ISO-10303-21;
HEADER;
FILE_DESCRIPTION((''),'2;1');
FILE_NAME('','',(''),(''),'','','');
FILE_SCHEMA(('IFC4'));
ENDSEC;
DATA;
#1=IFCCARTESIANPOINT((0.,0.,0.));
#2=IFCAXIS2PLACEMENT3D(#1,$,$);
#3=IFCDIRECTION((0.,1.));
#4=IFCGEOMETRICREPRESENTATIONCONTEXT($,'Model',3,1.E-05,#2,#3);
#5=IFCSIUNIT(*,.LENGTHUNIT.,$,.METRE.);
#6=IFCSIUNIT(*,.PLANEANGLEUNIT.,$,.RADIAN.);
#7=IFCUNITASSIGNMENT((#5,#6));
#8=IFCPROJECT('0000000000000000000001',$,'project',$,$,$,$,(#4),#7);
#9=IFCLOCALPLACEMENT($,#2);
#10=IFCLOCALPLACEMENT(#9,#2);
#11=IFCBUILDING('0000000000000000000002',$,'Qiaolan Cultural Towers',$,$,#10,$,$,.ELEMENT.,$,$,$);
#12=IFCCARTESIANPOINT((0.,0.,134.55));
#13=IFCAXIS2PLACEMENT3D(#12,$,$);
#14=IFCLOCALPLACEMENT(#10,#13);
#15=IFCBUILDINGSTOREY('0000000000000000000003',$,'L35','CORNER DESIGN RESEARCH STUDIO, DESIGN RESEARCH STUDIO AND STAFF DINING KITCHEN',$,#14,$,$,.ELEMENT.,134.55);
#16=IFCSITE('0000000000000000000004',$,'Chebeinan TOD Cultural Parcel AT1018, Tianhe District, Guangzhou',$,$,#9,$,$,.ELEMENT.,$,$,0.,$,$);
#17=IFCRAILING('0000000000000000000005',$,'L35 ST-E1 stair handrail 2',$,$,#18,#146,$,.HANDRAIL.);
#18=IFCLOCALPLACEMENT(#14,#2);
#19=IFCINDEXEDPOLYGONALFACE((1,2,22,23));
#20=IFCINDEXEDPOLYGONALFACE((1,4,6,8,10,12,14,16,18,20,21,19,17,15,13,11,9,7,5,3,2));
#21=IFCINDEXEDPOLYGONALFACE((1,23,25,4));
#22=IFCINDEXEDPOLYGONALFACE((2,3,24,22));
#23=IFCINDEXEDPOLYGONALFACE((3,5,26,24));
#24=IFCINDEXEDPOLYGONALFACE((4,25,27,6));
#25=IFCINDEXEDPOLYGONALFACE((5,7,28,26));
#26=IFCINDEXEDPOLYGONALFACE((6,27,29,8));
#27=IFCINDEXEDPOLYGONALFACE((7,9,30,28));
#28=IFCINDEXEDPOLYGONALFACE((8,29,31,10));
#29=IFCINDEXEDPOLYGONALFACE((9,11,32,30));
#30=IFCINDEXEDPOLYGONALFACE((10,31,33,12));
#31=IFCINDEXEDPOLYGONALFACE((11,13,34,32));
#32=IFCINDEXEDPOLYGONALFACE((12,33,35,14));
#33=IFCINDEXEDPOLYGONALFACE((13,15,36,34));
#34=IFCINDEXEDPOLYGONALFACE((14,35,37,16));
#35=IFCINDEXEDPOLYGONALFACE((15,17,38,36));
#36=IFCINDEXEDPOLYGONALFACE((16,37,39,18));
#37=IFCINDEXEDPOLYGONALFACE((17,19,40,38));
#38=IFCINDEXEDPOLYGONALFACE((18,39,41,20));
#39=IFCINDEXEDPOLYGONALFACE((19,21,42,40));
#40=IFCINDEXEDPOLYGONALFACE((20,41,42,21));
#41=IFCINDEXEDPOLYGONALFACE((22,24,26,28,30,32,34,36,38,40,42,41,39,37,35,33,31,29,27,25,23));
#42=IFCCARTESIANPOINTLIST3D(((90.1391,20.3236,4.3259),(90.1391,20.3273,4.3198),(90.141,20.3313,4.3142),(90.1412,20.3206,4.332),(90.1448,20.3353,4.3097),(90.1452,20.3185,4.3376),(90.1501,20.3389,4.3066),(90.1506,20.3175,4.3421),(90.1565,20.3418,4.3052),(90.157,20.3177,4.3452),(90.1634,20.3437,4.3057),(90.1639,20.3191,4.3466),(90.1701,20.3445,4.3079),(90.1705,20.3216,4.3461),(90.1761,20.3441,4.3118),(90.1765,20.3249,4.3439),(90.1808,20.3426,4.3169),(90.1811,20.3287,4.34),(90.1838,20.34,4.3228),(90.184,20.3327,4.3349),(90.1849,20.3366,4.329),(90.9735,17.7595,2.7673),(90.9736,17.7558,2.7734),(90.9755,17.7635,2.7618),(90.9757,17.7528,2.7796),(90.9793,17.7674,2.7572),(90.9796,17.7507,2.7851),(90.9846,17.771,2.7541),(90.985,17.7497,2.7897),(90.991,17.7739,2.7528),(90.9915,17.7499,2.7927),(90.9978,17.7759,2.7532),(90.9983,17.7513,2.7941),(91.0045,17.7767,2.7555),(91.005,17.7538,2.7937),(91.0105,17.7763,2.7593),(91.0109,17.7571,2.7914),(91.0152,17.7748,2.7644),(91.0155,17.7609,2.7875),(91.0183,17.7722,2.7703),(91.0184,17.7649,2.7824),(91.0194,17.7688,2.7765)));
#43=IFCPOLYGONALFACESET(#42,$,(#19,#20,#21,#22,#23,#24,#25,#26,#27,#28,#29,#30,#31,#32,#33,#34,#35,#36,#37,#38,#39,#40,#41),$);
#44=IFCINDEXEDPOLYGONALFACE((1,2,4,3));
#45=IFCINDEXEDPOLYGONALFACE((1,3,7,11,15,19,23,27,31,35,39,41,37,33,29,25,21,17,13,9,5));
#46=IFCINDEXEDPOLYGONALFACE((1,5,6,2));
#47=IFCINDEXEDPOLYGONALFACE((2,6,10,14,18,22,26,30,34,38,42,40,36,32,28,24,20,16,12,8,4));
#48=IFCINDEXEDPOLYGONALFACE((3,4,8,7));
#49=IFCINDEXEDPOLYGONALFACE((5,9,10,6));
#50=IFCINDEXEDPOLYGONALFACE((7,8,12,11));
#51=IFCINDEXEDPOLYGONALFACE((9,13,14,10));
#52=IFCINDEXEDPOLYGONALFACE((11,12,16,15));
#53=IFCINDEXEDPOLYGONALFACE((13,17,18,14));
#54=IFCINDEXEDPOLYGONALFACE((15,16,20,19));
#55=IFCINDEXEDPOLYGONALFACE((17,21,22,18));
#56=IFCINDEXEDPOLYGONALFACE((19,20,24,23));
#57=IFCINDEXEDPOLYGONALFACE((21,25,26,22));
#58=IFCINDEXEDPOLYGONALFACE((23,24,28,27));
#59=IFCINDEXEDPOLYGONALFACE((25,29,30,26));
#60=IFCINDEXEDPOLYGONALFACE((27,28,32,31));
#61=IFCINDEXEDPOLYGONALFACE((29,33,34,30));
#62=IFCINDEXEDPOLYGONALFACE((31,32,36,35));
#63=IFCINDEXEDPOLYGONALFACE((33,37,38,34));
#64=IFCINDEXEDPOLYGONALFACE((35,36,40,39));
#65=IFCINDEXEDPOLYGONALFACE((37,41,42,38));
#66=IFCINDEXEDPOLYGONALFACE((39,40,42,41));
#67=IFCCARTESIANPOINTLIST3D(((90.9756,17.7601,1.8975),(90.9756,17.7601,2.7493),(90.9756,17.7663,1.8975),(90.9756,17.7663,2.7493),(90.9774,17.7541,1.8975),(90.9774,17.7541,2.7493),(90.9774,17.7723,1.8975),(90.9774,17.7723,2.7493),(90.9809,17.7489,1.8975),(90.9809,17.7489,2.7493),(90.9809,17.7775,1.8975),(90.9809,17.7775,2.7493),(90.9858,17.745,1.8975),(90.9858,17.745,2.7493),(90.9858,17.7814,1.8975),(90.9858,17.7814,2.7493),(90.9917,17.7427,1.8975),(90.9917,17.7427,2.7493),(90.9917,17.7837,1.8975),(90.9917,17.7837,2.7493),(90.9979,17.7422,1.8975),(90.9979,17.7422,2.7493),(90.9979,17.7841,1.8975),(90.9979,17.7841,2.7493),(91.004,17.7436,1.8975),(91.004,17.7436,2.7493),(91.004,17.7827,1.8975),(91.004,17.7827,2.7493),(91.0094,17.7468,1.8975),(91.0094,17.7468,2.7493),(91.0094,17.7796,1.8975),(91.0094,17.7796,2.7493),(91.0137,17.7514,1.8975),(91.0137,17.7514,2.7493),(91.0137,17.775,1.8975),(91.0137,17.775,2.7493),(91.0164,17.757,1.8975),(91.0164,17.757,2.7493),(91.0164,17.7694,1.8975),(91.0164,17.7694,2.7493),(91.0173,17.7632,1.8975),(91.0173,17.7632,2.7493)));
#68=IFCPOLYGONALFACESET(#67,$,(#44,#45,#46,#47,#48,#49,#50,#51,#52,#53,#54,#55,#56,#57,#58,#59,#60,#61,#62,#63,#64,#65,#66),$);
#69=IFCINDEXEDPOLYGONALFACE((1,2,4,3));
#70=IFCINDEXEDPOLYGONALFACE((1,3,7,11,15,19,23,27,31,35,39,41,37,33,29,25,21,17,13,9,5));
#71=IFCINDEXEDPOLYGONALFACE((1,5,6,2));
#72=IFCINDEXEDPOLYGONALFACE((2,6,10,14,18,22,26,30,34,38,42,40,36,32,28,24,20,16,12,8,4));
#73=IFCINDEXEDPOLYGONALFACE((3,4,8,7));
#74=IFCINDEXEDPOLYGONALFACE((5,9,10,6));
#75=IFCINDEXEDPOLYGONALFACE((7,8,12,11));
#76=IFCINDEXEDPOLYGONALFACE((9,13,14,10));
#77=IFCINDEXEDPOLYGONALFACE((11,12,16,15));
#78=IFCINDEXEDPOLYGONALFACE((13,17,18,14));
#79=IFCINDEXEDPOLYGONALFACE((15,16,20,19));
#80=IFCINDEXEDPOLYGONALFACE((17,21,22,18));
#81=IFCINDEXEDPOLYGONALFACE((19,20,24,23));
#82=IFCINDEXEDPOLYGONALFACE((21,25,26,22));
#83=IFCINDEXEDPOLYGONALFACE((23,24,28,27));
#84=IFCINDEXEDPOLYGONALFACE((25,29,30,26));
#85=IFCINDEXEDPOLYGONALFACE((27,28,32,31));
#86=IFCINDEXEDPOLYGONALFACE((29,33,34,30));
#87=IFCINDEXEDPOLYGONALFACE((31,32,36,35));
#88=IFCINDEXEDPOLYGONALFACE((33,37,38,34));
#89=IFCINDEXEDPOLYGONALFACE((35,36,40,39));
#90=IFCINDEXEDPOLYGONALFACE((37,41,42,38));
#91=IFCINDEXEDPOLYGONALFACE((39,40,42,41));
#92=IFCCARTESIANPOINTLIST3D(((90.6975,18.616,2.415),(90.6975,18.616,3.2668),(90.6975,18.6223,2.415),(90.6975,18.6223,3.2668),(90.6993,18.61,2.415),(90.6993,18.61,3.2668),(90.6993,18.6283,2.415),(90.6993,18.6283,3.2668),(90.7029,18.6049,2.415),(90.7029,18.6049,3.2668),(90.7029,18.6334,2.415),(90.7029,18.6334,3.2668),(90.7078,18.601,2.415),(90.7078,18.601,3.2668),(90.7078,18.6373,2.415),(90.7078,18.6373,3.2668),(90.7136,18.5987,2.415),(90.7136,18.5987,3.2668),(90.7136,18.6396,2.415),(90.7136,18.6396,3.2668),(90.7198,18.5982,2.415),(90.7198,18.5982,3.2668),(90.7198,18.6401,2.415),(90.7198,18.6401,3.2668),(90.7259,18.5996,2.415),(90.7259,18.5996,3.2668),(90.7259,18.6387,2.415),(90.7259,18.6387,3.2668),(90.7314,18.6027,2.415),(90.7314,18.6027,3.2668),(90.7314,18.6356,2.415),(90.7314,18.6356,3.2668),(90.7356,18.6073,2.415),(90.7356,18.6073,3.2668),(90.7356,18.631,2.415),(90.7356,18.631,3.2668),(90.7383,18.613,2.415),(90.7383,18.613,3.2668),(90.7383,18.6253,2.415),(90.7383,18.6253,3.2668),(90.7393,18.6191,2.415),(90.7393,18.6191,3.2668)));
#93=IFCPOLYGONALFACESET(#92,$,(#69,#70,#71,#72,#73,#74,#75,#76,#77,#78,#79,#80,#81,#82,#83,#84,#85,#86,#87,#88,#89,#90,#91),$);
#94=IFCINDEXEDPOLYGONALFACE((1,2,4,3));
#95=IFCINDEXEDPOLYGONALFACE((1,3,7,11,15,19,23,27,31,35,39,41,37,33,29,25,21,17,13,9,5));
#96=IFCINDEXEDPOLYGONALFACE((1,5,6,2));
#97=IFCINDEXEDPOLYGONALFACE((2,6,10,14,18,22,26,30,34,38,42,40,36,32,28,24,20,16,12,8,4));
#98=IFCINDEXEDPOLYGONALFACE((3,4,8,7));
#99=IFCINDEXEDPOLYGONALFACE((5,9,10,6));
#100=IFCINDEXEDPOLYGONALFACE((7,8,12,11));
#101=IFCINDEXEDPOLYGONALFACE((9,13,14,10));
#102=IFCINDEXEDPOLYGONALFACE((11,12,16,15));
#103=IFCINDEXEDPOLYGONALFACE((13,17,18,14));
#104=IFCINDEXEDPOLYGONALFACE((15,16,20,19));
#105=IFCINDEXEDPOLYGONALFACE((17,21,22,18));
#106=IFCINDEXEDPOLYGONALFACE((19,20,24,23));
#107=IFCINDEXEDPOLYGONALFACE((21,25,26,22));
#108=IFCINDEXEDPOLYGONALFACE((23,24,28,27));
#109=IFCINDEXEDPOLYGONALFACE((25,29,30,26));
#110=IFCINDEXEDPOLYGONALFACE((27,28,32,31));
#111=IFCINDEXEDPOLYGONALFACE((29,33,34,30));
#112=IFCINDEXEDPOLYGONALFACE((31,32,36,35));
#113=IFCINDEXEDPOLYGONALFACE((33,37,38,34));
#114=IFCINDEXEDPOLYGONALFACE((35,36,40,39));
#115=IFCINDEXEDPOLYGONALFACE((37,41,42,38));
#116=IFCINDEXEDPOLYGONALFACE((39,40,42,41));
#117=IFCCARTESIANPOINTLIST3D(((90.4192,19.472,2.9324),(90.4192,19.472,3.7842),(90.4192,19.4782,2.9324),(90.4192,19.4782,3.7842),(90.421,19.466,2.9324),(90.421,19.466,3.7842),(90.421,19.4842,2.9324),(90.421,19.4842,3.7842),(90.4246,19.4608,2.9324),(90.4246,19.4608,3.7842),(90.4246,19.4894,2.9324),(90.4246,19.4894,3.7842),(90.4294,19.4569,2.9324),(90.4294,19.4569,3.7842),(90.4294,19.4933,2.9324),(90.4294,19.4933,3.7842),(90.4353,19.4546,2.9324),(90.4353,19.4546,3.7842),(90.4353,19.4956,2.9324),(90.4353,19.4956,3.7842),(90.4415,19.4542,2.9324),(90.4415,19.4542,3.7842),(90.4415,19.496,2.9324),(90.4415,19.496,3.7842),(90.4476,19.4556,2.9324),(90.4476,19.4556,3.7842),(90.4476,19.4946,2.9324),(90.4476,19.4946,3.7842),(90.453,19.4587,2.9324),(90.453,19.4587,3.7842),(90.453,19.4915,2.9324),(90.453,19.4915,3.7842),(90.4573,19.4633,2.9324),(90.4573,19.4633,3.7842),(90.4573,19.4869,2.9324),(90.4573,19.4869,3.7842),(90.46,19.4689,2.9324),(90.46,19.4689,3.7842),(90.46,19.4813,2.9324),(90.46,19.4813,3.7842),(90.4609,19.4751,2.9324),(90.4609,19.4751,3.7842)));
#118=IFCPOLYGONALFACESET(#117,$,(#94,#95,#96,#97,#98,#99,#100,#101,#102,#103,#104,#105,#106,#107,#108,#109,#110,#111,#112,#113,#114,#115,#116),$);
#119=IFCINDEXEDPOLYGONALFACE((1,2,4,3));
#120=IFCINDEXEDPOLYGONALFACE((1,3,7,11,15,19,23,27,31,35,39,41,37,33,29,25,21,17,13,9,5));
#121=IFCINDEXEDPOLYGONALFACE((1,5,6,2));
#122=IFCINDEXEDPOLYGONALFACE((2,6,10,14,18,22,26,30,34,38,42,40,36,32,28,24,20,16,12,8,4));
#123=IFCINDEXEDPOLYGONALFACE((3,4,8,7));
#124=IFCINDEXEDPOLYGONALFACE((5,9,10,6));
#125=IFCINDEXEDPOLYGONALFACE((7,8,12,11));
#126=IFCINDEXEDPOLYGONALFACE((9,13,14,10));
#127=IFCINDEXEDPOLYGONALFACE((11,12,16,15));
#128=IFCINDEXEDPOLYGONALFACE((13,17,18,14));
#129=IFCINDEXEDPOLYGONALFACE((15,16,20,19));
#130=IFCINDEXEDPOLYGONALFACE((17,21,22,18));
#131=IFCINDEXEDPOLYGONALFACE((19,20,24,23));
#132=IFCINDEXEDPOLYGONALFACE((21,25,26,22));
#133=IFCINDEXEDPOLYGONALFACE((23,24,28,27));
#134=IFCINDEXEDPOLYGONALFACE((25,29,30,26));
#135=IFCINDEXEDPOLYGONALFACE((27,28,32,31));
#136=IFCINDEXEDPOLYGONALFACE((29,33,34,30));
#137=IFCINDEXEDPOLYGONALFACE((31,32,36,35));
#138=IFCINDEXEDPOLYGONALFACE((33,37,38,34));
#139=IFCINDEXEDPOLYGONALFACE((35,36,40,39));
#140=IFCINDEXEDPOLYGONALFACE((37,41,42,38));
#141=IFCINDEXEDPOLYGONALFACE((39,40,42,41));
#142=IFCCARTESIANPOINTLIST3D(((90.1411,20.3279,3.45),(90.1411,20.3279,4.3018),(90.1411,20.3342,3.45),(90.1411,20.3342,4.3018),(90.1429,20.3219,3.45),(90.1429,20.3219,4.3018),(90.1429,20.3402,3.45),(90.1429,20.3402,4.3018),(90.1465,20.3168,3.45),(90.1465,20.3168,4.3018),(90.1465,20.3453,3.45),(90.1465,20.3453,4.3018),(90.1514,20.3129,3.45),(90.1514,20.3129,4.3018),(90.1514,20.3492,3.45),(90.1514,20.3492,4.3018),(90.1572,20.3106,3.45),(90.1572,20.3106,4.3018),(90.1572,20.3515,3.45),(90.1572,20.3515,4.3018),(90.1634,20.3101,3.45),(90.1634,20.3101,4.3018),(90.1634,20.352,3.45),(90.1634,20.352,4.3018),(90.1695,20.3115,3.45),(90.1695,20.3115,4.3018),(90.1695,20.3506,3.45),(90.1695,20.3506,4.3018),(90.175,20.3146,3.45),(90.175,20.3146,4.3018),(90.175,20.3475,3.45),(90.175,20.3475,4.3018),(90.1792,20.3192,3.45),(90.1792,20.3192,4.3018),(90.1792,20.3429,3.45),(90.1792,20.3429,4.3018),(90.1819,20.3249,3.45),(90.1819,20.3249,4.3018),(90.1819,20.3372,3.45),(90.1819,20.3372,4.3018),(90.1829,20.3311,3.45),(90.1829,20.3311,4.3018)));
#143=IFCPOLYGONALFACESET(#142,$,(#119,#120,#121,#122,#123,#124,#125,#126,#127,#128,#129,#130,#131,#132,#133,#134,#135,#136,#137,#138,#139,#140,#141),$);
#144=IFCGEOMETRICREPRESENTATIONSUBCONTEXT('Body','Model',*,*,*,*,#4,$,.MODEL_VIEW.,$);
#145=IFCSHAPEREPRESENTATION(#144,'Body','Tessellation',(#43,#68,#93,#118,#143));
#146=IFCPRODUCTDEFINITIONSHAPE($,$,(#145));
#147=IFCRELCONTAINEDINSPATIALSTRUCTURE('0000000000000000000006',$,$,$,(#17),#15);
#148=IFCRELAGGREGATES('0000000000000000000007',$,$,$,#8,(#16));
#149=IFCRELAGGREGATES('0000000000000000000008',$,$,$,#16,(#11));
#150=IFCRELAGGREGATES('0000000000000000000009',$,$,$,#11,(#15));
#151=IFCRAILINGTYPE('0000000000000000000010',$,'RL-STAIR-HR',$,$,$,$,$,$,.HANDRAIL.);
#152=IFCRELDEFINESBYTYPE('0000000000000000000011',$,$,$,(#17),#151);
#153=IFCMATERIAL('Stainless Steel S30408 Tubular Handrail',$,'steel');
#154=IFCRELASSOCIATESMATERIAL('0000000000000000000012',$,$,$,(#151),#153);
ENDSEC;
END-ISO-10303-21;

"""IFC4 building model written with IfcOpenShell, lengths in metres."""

from ifc_helpers import new_model, si_unit, direction, frame, origin, origin_2d, place, context, subcontext, project, spatial, circle, extrude, material, type_object, element, save


model = new_model("IFC4")

# Units and contexts
model_context = context("Model", 3, precision=1e-05, world=origin(), true_north=direction((0.0, 1.0)))
body_context = subcontext(model_context, "Body", "Model", "MODEL_VIEW")
ifc_project = project(units=[si_unit("LENGTHUNIT", "METRE"), si_unit("PLANEANGLEUNIT", "RADIAN")], contexts=[model_context])

# Site, building, storey
site_placement = place(None, origin())
site = spatial("IfcSite", under=ifc_project, at=site_placement, Name="Chebeinan TOD Cultural Parcel AT1018, Tianhe District, Guangzhou", CompositionType="ELEMENT", RefElevation=0.0)
building_placement = place(site_placement, origin())
building = spatial("IfcBuilding", under=site, at=building_placement, Name="Qiaolan Cultural Towers", CompositionType="ELEMENT")
storey_placement = place(building_placement, frame((0.0, 0.0, 134.55)))
storey = spatial("IfcBuildingStorey", under=building, at=storey_placement, Name="L35", Description="CORNER DESIGN RESEARCH STUDIO, DESIGN RESEARCH STUDIO AND STAFF DINING KITCHEN", CompositionType="ELEMENT", Elevation=134.55)

# Railing
ifc_material_1 = material(Name="Stainless Steel S30408 Tubular Handrail", Category="steel")
railing_type_1 = type_object("IfcRailingType", Name="RL-STAIR-HR", PredefinedType="HANDRAIL", material=ifc_material_1)
railing_1_placement = place(storey_placement, frame((90.9963, 17.7632, 1.8975)))
element("IfcRailing", 1, at=railing_1_placement, inside=storey, type_object=railing_type_1, Name="L35 ST-E1 stair handrail 2", PredefinedType="HANDRAIL", context=body_context, shape_type="SweptSolid", body=[
    extrude(circle(Radius=0.0239, at=origin_2d()), frame((0.0, 0.0, 0.876), z_axis=(-0.267926, 0.824471, 0.498461), x_axis=(-0.951043, -0.309057, 0.0)), (0.0, 0.0, 1.0), 3.1145),
    extrude(circle(Radius=0.021, at=origin_2d()), origin(), (0.0, 0.0, 1.0), 0.8518),
    extrude(circle(Radius=0.021, at=origin_2d()), frame((-0.2781, 0.856, 0.5176)), (0.0, 0.0, 1.0), 0.8518),
    extrude(circle(Radius=0.021, at=origin_2d()), frame((-0.5564, 1.7119, 1.0349)), (0.0, 0.0, 1.0), 0.8518),
    extrude(circle(Radius=0.021, at=origin_2d()), frame((-0.8345, 2.5679, 1.5525)), (0.0, 0.0, 1.0), 0.8518),
])

save(model, "model.ifc")
